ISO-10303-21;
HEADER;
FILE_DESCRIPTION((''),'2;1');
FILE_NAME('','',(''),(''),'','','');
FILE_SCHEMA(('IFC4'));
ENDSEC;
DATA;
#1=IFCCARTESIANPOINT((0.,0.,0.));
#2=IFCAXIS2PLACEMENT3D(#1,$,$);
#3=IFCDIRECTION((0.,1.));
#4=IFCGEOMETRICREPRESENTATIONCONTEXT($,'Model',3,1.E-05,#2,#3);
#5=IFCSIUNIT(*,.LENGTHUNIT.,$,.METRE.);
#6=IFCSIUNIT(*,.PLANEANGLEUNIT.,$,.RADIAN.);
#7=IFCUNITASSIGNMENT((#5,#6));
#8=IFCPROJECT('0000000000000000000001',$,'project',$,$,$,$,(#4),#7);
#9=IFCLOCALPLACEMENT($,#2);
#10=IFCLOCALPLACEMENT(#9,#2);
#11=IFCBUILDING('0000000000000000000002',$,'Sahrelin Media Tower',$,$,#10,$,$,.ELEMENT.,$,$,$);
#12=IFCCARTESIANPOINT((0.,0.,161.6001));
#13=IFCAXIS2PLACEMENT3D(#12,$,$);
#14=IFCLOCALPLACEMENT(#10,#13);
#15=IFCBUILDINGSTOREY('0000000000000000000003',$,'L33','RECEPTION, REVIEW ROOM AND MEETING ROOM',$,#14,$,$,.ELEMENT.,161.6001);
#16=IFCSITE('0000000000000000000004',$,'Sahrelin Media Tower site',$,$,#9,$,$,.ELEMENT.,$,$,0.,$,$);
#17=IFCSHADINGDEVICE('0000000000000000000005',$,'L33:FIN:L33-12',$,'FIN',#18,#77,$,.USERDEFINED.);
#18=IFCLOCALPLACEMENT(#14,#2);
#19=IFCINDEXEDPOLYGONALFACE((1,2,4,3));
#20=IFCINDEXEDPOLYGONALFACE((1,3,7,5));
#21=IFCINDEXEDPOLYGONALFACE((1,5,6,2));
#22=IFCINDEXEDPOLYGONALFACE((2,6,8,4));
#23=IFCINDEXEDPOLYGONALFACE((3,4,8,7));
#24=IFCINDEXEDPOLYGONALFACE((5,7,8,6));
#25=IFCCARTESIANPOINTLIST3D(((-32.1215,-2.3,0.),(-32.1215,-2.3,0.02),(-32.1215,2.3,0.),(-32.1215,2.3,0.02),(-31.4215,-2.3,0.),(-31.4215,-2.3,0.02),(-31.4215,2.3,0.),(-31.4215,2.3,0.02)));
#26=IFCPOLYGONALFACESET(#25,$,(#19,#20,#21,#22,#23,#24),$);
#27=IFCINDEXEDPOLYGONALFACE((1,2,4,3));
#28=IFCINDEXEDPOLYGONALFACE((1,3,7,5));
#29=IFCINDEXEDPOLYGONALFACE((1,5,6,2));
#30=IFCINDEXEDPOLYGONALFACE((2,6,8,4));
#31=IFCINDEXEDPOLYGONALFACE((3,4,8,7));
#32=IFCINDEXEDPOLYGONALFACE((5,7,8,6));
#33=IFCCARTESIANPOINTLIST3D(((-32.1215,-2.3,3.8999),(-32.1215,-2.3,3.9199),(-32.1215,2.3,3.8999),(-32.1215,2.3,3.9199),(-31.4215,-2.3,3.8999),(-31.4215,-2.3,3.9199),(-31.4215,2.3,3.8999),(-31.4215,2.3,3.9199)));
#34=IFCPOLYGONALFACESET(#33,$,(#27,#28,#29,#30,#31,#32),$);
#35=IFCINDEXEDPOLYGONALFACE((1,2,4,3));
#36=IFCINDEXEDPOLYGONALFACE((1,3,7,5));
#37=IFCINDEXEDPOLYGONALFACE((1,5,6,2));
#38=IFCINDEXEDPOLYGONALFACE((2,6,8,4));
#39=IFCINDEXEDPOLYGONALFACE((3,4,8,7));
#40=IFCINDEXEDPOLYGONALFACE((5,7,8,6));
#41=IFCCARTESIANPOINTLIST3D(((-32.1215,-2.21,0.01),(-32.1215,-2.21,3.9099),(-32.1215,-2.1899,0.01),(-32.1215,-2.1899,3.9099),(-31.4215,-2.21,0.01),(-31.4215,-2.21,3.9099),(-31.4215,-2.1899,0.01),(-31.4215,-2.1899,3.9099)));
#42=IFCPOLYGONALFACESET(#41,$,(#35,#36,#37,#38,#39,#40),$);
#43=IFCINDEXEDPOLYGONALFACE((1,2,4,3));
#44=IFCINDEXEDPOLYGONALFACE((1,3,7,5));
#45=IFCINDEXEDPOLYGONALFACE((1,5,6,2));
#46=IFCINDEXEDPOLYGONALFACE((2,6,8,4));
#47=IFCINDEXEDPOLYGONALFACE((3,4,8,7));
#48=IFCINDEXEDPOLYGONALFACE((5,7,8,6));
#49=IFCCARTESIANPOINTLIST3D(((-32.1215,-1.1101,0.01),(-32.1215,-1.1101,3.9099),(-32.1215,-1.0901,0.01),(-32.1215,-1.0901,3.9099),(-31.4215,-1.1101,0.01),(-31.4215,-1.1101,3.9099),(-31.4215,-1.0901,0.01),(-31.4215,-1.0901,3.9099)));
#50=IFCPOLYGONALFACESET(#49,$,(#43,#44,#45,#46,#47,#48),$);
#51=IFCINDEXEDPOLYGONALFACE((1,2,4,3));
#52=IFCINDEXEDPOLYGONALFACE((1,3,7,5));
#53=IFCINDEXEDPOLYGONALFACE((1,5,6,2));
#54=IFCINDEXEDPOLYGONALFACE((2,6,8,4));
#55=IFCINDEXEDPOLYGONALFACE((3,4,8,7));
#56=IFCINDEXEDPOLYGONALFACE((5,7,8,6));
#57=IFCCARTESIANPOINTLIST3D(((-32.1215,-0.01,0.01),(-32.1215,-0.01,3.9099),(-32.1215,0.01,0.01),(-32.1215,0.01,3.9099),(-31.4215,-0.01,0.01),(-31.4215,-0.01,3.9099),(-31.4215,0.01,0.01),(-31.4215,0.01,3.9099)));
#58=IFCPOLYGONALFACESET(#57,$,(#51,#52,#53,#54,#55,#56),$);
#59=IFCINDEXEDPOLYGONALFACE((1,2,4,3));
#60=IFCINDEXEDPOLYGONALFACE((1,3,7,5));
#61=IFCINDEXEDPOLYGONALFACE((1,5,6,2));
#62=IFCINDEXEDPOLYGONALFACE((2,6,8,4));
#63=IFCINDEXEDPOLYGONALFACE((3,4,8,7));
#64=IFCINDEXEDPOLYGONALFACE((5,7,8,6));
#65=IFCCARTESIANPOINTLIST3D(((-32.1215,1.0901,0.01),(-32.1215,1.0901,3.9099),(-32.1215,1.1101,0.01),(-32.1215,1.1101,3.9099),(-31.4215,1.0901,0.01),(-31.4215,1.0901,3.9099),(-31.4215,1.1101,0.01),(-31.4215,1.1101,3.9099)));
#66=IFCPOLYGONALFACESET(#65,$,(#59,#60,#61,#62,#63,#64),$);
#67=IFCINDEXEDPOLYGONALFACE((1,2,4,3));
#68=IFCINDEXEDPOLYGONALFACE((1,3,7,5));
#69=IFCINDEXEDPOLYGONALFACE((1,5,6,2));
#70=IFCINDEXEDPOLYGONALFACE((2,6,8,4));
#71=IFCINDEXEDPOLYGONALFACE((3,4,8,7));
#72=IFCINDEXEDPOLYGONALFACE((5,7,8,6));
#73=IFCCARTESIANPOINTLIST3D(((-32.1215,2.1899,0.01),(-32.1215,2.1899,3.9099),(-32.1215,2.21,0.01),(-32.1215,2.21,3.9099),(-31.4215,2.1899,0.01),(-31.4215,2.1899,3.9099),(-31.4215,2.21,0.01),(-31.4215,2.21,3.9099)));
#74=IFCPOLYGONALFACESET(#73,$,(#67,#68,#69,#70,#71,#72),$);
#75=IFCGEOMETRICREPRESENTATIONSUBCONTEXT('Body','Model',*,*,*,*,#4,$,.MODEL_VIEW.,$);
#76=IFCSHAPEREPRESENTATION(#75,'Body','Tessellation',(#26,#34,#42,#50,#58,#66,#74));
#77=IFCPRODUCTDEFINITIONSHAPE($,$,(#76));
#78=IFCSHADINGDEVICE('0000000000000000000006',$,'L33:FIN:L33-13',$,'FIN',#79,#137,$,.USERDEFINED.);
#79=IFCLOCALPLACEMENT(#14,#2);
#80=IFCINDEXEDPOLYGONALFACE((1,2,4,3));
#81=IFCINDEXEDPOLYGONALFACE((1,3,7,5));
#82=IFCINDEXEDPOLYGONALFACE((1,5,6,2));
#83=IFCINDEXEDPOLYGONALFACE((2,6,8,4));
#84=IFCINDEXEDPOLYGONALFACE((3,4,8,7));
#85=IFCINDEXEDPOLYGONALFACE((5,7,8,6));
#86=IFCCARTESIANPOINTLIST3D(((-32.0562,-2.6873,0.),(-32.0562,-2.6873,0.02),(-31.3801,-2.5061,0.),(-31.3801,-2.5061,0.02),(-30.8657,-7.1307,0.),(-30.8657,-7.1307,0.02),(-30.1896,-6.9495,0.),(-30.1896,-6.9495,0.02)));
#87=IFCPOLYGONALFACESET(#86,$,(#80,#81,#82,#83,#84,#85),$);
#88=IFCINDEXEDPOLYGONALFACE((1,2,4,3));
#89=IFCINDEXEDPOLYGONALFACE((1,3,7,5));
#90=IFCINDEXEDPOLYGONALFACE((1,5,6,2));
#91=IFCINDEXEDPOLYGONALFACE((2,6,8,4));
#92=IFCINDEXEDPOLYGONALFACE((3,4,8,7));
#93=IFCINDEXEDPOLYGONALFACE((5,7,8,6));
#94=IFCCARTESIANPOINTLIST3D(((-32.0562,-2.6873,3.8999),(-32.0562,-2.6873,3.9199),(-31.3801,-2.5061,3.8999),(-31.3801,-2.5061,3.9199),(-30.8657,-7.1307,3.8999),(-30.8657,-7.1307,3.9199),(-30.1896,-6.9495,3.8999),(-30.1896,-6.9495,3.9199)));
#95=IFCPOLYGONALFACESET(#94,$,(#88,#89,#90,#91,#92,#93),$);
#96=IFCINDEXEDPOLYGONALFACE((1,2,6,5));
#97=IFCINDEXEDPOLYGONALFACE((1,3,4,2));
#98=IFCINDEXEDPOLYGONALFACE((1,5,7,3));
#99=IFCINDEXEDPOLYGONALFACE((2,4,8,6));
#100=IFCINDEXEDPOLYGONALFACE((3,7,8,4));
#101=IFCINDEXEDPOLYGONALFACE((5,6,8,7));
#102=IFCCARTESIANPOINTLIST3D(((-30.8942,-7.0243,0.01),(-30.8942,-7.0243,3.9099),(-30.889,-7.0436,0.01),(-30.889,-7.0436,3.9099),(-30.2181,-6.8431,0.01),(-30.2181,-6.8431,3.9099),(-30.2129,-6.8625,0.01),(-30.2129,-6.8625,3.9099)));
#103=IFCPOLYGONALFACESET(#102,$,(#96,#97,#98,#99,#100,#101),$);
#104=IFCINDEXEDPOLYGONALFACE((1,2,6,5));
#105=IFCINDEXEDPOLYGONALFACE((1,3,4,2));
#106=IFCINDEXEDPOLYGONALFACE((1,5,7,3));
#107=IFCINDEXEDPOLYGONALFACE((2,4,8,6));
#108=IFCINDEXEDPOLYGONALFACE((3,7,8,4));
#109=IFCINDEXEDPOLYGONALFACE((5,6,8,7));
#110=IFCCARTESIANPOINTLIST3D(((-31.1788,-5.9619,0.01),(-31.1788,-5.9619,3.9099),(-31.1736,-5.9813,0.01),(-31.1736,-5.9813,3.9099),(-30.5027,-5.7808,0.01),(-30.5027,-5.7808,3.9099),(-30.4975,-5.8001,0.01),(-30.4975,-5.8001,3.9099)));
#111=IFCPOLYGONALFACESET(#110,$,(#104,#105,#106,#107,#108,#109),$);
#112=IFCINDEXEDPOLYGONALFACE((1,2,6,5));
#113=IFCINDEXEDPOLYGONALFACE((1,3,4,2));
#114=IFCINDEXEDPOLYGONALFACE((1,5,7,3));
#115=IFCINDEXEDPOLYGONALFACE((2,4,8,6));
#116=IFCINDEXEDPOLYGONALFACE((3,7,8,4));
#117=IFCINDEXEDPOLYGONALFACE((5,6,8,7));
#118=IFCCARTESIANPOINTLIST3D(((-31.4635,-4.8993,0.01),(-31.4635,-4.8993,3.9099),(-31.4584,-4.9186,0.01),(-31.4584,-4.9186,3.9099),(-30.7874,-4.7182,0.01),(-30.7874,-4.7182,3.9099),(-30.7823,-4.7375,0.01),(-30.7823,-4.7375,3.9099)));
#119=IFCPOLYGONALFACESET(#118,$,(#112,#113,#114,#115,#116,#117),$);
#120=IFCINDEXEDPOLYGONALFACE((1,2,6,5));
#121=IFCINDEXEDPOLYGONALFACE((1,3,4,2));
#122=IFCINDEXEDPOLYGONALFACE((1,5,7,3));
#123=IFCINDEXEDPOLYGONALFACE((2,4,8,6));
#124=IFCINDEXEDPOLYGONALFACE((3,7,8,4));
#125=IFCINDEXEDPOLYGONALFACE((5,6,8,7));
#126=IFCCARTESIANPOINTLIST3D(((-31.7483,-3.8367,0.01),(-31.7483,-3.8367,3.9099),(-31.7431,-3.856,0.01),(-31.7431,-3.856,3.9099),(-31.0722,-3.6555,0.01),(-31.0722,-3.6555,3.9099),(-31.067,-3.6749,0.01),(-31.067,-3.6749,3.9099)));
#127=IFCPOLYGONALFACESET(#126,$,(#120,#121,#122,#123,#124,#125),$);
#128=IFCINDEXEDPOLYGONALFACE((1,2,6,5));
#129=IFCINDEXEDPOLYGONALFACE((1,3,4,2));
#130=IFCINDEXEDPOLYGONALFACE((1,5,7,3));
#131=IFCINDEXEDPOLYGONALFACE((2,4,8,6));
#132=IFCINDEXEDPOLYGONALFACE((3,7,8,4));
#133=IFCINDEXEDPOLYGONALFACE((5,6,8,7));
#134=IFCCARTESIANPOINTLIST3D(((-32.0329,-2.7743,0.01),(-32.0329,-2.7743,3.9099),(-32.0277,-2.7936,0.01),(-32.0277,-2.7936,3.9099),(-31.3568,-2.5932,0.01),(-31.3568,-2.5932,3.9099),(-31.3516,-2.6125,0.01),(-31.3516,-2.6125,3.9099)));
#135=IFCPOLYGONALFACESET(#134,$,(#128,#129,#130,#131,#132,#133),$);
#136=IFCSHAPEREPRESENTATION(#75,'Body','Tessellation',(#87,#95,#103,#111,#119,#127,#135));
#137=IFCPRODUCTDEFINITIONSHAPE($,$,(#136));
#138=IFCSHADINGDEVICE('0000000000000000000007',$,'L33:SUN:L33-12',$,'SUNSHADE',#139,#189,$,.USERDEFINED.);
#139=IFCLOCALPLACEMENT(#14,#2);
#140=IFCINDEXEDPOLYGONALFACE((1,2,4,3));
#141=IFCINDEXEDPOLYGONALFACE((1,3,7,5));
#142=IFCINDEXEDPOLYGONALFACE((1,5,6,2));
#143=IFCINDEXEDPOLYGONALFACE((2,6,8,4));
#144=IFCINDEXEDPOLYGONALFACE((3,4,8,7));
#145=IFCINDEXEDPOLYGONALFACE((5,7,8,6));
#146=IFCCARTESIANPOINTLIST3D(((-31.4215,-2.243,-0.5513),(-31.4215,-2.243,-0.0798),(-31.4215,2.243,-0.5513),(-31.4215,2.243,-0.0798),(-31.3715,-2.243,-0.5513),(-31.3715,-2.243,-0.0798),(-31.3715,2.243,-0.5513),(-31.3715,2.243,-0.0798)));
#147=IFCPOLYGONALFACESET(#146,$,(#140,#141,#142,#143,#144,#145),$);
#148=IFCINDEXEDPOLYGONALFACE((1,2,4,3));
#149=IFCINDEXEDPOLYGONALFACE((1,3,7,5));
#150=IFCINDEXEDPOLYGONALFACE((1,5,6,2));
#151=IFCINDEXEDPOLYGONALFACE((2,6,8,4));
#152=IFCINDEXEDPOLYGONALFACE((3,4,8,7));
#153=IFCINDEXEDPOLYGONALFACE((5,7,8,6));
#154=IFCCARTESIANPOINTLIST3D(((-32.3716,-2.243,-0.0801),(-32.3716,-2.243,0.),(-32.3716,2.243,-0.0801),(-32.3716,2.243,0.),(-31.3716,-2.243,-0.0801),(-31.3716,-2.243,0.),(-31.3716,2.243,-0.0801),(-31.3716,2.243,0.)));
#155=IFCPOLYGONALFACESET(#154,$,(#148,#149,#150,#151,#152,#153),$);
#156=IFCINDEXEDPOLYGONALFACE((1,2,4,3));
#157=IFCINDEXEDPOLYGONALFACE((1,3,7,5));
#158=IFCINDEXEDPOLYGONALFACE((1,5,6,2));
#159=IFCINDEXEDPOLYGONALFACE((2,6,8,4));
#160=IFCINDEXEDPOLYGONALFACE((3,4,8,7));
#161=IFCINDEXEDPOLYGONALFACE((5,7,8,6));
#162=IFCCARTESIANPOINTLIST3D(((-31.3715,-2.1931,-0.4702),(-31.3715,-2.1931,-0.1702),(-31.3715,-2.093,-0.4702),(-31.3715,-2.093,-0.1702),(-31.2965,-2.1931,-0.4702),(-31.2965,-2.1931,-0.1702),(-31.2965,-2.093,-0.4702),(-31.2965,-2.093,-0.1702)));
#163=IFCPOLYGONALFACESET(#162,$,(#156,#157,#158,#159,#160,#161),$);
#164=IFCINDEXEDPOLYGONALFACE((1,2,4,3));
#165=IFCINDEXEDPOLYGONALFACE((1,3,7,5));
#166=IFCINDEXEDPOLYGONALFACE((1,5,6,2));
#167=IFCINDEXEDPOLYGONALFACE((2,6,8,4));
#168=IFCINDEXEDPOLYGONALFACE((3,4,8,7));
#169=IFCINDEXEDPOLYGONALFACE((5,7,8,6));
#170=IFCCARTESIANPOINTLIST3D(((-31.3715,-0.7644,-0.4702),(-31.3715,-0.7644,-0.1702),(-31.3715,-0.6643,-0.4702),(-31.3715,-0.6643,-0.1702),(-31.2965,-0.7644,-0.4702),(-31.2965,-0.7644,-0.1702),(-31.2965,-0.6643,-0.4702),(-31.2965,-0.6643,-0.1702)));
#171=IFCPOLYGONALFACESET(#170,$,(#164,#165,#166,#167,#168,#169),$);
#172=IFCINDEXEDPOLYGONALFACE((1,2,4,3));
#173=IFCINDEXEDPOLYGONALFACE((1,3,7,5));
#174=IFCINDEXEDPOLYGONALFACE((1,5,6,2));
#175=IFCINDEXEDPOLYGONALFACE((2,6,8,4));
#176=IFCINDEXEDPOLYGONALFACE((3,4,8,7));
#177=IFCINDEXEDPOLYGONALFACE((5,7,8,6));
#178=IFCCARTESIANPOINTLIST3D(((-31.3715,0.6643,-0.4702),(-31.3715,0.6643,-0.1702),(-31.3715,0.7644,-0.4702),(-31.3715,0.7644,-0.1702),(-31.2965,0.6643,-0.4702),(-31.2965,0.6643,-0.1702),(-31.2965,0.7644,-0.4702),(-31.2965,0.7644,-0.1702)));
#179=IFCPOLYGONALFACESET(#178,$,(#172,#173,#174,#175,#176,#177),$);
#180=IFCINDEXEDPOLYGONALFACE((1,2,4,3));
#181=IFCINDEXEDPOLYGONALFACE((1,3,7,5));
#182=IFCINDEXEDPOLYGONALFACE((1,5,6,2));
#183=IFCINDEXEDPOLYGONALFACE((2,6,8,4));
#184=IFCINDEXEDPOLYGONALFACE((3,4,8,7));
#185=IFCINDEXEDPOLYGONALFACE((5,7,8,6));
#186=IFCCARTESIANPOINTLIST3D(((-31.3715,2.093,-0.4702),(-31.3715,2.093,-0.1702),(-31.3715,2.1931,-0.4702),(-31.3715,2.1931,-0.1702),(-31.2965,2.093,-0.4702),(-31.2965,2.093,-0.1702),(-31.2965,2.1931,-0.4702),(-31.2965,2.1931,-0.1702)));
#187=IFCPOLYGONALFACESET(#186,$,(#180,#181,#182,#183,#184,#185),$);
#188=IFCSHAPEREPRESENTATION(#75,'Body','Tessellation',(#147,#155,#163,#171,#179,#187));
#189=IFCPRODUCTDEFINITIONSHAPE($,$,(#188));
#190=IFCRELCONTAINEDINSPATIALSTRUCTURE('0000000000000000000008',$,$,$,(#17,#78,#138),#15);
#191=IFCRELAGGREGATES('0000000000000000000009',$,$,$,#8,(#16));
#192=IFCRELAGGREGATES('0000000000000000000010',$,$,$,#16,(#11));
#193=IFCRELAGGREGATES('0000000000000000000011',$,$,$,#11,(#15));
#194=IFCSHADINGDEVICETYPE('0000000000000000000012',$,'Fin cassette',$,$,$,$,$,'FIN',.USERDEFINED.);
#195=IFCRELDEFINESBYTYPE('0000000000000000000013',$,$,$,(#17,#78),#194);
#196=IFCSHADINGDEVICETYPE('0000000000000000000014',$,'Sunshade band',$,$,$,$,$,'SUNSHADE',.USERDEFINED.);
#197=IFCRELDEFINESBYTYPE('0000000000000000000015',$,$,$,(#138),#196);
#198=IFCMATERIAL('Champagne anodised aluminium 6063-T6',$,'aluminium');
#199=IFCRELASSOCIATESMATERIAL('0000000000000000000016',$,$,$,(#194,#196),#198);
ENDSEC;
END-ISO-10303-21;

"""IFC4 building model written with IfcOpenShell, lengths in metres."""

from ifc_helpers import new_model, si_unit, direction, frame, origin, origin_2d, place, context, subcontext, project, spatial, rectangle, extrude, material, type_object, element, save


model = new_model("IFC4")

# Units and contexts
model_context = context("Model", 3, precision=1e-05, world=origin(), true_north=direction((0.0, 1.0)))
body_context = subcontext(model_context, "Body", "Model", "MODEL_VIEW")
ifc_project = project(units=[si_unit("LENGTHUNIT", "METRE"), si_unit("PLANEANGLEUNIT", "RADIAN")], contexts=[model_context])

# Site, building, storey
site_placement = place(None, origin())
site = spatial("IfcSite", under=ifc_project, at=site_placement, Name="Sahrelin Media Tower site", CompositionType="ELEMENT", RefElevation=0.0)
building_placement = place(site_placement, origin())
building = spatial("IfcBuilding", under=site, at=building_placement, Name="Sahrelin Media Tower", CompositionType="ELEMENT")
storey_placement = place(building_placement, frame((0.0, 0.0, 161.6001)))
storey = spatial("IfcBuildingStorey", under=building, at=storey_placement, Name="L33", Description="RECEPTION, REVIEW ROOM AND MEETING ROOM", CompositionType="ELEMENT", Elevation=161.6001)

# Shared definitions
ifc_material_1 = material(Name="Champagne anodised aluminium 6063-T6", Category="aluminium")

# Shading devices
shading_device_type_1 = type_object("IfcShadingDeviceType", Name="Fin cassette", ElementType="FIN", PredefinedType="USERDEFINED", material=ifc_material_1)
placement_1 = place(storey_placement, frame((-31.3516, 0.0, 0.0), z_axis=(0.0, 0.0, 1.0), x_axis=(0.0, 1.0, 0.0)))
element("IfcShadingDevice", 1, at=placement_1, inside=storey, type_object=shading_device_type_1, Name="L33:FIN:L33-12", ObjectType="FIN", PredefinedType="USERDEFINED", context=body_context, shape_type="SweptSolid", body=[
    extrude(rectangle(XDim=4.6001, YDim=0.7, at=origin_2d()), frame((0.0, 0.4199, 0.0)), (0.0, 0.0, 1.0), 0.02),
    extrude(rectangle(XDim=4.6001, YDim=0.7, at=origin_2d()), frame((0.0, 0.4199, 3.8999)), (0.0, 0.0, 1.0), 0.02),
    extrude(rectangle(XDim=0.02, YDim=0.7, at=origin_2d()), frame((-2.2, 0.4199, 0.01), z_axis=(0.0, 0.0, 1.0), x_axis=(1.0, 0.0, 0.0)), (0.0, 0.0, 1.0), 3.8999),
    extrude(rectangle(XDim=0.02, YDim=0.7, at=origin_2d()), frame((-1.1001, 0.4199, 0.01), z_axis=(0.0, 0.0, 1.0), x_axis=(1.0, 0.0, 0.0)), (0.0, 0.0, 1.0), 3.8999),
    extrude(rectangle(XDim=0.02, YDim=0.7, at=origin_2d()), frame((0.0, 0.4199, 0.01), z_axis=(0.0, 0.0, 1.0), x_axis=(1.0, 0.0, 0.0)), (0.0, 0.0, 1.0), 3.8999),
    extrude(rectangle(XDim=0.02, YDim=0.7, at=origin_2d()), frame((1.1001, 0.4199, 0.01), z_axis=(0.0, 0.0, 1.0), x_axis=(1.0, 0.0, 0.0)), (0.0, 0.0, 1.0), 3.8999),
    extrude(rectangle(XDim=0.02, YDim=0.7, at=origin_2d()), frame((2.2, 0.4199, 0.01), z_axis=(0.0, 0.0, 1.0), x_axis=(1.0, 0.0, 0.0)), (0.0, 0.0, 1.0), 3.8999),
])
placement_2 = place(storey_placement, frame((-30.7173, -4.7097, 0.0), z_axis=(0.0, 0.0, 1.0), x_axis=(-0.258808, 0.965929, 0.0)))
element("IfcShadingDevice", 2, at=placement_2, inside=storey, type_object=shading_device_type_1, Name="L33:FIN:L33-13", ObjectType="FIN", PredefinedType="USERDEFINED", context=body_context, shape_type="SweptSolid", body=[
    extrude(rectangle(XDim=4.6001, YDim=0.7, at=origin_2d()), frame((0.0, 0.4199, 0.0)), (0.0, 0.0, 1.0), 0.02),
    extrude(rectangle(XDim=4.6001, YDim=0.7, at=origin_2d()), frame((0.0, 0.4199, 3.8999)), (0.0, 0.0, 1.0), 0.02),
    extrude(rectangle(XDim=0.02, YDim=0.7, at=origin_2d()), frame((-2.2, 0.4199, 0.01), z_axis=(0.0, 0.0, 1.0), x_axis=(1.0, 0.0, 0.0)), (0.0, 0.0, 1.0), 3.8999),
    extrude(rectangle(XDim=0.02, YDim=0.7, at=origin_2d()), frame((-1.1001, 0.4199, 0.01), z_axis=(0.0, 0.0, 1.0), x_axis=(1.0, 0.0, 0.0)), (0.0, 0.0, 1.0), 3.8999),
    extrude(rectangle(XDim=0.02, YDim=0.7, at=origin_2d()), frame((0.0, 0.4199, 0.01), z_axis=(0.0, 0.0, 1.0), x_axis=(1.0, 0.0, 0.0)), (0.0, 0.0, 1.0), 3.8999),
    extrude(rectangle(XDim=0.02, YDim=0.7, at=origin_2d()), frame((1.1001, 0.4199, 0.01), z_axis=(0.0, 0.0, 1.0), x_axis=(1.0, 0.0, 0.0)), (0.0, 0.0, 1.0), 3.8999),
    extrude(rectangle(XDim=0.02, YDim=0.7, at=origin_2d()), frame((2.2, 0.4199, 0.01), z_axis=(0.0, 0.0, 1.0), x_axis=(1.0, 0.0, 0.0)), (0.0, 0.0, 1.0), 3.8999),
])
shading_device_type_2 = type_object("IfcShadingDeviceType", Name="Sunshade band", ElementType="SUNSHADE", PredefinedType="USERDEFINED", material=ifc_material_1)
element("IfcShadingDevice", 3, at=placement_1, inside=storey, type_object=shading_device_type_2, Name="L33:SUN:L33-12", ObjectType="SUNSHADE", PredefinedType="USERDEFINED", context=body_context, shape_type="SweptSolid", body=[
    extrude(rectangle(XDim=4.4861, YDim=0.05, at=origin_2d()), frame((0.0, 0.0449, -0.5513)), (0.0, 0.0, 1.0), 0.4714),
    extrude(rectangle(XDim=4.4861, YDim=1.0, at=origin_2d()), frame((0.0, 0.52, -0.0801)), (0.0, 0.0, 1.0), 0.0801),
    extrude(rectangle(XDim=0.1001, YDim=0.075, at=origin_2d()), frame((-2.1431, -0.0176, -0.4702)), (0.0, 0.0, 1.0), 0.3),
    extrude(rectangle(XDim=0.1001, YDim=0.075, at=origin_2d()), frame((-0.7144, -0.0176, -0.4702)), (0.0, 0.0, 1.0), 0.3),
    extrude(rectangle(XDim=0.1001, YDim=0.075, at=origin_2d()), frame((0.7144, -0.0176, -0.4702)), (0.0, 0.0, 1.0), 0.3),
    extrude(rectangle(XDim=0.1001, YDim=0.075, at=origin_2d()), frame((2.1431, -0.0176, -0.4702)), (0.0, 0.0, 1.0), 0.3),
])

save(model, "model.ifc")
